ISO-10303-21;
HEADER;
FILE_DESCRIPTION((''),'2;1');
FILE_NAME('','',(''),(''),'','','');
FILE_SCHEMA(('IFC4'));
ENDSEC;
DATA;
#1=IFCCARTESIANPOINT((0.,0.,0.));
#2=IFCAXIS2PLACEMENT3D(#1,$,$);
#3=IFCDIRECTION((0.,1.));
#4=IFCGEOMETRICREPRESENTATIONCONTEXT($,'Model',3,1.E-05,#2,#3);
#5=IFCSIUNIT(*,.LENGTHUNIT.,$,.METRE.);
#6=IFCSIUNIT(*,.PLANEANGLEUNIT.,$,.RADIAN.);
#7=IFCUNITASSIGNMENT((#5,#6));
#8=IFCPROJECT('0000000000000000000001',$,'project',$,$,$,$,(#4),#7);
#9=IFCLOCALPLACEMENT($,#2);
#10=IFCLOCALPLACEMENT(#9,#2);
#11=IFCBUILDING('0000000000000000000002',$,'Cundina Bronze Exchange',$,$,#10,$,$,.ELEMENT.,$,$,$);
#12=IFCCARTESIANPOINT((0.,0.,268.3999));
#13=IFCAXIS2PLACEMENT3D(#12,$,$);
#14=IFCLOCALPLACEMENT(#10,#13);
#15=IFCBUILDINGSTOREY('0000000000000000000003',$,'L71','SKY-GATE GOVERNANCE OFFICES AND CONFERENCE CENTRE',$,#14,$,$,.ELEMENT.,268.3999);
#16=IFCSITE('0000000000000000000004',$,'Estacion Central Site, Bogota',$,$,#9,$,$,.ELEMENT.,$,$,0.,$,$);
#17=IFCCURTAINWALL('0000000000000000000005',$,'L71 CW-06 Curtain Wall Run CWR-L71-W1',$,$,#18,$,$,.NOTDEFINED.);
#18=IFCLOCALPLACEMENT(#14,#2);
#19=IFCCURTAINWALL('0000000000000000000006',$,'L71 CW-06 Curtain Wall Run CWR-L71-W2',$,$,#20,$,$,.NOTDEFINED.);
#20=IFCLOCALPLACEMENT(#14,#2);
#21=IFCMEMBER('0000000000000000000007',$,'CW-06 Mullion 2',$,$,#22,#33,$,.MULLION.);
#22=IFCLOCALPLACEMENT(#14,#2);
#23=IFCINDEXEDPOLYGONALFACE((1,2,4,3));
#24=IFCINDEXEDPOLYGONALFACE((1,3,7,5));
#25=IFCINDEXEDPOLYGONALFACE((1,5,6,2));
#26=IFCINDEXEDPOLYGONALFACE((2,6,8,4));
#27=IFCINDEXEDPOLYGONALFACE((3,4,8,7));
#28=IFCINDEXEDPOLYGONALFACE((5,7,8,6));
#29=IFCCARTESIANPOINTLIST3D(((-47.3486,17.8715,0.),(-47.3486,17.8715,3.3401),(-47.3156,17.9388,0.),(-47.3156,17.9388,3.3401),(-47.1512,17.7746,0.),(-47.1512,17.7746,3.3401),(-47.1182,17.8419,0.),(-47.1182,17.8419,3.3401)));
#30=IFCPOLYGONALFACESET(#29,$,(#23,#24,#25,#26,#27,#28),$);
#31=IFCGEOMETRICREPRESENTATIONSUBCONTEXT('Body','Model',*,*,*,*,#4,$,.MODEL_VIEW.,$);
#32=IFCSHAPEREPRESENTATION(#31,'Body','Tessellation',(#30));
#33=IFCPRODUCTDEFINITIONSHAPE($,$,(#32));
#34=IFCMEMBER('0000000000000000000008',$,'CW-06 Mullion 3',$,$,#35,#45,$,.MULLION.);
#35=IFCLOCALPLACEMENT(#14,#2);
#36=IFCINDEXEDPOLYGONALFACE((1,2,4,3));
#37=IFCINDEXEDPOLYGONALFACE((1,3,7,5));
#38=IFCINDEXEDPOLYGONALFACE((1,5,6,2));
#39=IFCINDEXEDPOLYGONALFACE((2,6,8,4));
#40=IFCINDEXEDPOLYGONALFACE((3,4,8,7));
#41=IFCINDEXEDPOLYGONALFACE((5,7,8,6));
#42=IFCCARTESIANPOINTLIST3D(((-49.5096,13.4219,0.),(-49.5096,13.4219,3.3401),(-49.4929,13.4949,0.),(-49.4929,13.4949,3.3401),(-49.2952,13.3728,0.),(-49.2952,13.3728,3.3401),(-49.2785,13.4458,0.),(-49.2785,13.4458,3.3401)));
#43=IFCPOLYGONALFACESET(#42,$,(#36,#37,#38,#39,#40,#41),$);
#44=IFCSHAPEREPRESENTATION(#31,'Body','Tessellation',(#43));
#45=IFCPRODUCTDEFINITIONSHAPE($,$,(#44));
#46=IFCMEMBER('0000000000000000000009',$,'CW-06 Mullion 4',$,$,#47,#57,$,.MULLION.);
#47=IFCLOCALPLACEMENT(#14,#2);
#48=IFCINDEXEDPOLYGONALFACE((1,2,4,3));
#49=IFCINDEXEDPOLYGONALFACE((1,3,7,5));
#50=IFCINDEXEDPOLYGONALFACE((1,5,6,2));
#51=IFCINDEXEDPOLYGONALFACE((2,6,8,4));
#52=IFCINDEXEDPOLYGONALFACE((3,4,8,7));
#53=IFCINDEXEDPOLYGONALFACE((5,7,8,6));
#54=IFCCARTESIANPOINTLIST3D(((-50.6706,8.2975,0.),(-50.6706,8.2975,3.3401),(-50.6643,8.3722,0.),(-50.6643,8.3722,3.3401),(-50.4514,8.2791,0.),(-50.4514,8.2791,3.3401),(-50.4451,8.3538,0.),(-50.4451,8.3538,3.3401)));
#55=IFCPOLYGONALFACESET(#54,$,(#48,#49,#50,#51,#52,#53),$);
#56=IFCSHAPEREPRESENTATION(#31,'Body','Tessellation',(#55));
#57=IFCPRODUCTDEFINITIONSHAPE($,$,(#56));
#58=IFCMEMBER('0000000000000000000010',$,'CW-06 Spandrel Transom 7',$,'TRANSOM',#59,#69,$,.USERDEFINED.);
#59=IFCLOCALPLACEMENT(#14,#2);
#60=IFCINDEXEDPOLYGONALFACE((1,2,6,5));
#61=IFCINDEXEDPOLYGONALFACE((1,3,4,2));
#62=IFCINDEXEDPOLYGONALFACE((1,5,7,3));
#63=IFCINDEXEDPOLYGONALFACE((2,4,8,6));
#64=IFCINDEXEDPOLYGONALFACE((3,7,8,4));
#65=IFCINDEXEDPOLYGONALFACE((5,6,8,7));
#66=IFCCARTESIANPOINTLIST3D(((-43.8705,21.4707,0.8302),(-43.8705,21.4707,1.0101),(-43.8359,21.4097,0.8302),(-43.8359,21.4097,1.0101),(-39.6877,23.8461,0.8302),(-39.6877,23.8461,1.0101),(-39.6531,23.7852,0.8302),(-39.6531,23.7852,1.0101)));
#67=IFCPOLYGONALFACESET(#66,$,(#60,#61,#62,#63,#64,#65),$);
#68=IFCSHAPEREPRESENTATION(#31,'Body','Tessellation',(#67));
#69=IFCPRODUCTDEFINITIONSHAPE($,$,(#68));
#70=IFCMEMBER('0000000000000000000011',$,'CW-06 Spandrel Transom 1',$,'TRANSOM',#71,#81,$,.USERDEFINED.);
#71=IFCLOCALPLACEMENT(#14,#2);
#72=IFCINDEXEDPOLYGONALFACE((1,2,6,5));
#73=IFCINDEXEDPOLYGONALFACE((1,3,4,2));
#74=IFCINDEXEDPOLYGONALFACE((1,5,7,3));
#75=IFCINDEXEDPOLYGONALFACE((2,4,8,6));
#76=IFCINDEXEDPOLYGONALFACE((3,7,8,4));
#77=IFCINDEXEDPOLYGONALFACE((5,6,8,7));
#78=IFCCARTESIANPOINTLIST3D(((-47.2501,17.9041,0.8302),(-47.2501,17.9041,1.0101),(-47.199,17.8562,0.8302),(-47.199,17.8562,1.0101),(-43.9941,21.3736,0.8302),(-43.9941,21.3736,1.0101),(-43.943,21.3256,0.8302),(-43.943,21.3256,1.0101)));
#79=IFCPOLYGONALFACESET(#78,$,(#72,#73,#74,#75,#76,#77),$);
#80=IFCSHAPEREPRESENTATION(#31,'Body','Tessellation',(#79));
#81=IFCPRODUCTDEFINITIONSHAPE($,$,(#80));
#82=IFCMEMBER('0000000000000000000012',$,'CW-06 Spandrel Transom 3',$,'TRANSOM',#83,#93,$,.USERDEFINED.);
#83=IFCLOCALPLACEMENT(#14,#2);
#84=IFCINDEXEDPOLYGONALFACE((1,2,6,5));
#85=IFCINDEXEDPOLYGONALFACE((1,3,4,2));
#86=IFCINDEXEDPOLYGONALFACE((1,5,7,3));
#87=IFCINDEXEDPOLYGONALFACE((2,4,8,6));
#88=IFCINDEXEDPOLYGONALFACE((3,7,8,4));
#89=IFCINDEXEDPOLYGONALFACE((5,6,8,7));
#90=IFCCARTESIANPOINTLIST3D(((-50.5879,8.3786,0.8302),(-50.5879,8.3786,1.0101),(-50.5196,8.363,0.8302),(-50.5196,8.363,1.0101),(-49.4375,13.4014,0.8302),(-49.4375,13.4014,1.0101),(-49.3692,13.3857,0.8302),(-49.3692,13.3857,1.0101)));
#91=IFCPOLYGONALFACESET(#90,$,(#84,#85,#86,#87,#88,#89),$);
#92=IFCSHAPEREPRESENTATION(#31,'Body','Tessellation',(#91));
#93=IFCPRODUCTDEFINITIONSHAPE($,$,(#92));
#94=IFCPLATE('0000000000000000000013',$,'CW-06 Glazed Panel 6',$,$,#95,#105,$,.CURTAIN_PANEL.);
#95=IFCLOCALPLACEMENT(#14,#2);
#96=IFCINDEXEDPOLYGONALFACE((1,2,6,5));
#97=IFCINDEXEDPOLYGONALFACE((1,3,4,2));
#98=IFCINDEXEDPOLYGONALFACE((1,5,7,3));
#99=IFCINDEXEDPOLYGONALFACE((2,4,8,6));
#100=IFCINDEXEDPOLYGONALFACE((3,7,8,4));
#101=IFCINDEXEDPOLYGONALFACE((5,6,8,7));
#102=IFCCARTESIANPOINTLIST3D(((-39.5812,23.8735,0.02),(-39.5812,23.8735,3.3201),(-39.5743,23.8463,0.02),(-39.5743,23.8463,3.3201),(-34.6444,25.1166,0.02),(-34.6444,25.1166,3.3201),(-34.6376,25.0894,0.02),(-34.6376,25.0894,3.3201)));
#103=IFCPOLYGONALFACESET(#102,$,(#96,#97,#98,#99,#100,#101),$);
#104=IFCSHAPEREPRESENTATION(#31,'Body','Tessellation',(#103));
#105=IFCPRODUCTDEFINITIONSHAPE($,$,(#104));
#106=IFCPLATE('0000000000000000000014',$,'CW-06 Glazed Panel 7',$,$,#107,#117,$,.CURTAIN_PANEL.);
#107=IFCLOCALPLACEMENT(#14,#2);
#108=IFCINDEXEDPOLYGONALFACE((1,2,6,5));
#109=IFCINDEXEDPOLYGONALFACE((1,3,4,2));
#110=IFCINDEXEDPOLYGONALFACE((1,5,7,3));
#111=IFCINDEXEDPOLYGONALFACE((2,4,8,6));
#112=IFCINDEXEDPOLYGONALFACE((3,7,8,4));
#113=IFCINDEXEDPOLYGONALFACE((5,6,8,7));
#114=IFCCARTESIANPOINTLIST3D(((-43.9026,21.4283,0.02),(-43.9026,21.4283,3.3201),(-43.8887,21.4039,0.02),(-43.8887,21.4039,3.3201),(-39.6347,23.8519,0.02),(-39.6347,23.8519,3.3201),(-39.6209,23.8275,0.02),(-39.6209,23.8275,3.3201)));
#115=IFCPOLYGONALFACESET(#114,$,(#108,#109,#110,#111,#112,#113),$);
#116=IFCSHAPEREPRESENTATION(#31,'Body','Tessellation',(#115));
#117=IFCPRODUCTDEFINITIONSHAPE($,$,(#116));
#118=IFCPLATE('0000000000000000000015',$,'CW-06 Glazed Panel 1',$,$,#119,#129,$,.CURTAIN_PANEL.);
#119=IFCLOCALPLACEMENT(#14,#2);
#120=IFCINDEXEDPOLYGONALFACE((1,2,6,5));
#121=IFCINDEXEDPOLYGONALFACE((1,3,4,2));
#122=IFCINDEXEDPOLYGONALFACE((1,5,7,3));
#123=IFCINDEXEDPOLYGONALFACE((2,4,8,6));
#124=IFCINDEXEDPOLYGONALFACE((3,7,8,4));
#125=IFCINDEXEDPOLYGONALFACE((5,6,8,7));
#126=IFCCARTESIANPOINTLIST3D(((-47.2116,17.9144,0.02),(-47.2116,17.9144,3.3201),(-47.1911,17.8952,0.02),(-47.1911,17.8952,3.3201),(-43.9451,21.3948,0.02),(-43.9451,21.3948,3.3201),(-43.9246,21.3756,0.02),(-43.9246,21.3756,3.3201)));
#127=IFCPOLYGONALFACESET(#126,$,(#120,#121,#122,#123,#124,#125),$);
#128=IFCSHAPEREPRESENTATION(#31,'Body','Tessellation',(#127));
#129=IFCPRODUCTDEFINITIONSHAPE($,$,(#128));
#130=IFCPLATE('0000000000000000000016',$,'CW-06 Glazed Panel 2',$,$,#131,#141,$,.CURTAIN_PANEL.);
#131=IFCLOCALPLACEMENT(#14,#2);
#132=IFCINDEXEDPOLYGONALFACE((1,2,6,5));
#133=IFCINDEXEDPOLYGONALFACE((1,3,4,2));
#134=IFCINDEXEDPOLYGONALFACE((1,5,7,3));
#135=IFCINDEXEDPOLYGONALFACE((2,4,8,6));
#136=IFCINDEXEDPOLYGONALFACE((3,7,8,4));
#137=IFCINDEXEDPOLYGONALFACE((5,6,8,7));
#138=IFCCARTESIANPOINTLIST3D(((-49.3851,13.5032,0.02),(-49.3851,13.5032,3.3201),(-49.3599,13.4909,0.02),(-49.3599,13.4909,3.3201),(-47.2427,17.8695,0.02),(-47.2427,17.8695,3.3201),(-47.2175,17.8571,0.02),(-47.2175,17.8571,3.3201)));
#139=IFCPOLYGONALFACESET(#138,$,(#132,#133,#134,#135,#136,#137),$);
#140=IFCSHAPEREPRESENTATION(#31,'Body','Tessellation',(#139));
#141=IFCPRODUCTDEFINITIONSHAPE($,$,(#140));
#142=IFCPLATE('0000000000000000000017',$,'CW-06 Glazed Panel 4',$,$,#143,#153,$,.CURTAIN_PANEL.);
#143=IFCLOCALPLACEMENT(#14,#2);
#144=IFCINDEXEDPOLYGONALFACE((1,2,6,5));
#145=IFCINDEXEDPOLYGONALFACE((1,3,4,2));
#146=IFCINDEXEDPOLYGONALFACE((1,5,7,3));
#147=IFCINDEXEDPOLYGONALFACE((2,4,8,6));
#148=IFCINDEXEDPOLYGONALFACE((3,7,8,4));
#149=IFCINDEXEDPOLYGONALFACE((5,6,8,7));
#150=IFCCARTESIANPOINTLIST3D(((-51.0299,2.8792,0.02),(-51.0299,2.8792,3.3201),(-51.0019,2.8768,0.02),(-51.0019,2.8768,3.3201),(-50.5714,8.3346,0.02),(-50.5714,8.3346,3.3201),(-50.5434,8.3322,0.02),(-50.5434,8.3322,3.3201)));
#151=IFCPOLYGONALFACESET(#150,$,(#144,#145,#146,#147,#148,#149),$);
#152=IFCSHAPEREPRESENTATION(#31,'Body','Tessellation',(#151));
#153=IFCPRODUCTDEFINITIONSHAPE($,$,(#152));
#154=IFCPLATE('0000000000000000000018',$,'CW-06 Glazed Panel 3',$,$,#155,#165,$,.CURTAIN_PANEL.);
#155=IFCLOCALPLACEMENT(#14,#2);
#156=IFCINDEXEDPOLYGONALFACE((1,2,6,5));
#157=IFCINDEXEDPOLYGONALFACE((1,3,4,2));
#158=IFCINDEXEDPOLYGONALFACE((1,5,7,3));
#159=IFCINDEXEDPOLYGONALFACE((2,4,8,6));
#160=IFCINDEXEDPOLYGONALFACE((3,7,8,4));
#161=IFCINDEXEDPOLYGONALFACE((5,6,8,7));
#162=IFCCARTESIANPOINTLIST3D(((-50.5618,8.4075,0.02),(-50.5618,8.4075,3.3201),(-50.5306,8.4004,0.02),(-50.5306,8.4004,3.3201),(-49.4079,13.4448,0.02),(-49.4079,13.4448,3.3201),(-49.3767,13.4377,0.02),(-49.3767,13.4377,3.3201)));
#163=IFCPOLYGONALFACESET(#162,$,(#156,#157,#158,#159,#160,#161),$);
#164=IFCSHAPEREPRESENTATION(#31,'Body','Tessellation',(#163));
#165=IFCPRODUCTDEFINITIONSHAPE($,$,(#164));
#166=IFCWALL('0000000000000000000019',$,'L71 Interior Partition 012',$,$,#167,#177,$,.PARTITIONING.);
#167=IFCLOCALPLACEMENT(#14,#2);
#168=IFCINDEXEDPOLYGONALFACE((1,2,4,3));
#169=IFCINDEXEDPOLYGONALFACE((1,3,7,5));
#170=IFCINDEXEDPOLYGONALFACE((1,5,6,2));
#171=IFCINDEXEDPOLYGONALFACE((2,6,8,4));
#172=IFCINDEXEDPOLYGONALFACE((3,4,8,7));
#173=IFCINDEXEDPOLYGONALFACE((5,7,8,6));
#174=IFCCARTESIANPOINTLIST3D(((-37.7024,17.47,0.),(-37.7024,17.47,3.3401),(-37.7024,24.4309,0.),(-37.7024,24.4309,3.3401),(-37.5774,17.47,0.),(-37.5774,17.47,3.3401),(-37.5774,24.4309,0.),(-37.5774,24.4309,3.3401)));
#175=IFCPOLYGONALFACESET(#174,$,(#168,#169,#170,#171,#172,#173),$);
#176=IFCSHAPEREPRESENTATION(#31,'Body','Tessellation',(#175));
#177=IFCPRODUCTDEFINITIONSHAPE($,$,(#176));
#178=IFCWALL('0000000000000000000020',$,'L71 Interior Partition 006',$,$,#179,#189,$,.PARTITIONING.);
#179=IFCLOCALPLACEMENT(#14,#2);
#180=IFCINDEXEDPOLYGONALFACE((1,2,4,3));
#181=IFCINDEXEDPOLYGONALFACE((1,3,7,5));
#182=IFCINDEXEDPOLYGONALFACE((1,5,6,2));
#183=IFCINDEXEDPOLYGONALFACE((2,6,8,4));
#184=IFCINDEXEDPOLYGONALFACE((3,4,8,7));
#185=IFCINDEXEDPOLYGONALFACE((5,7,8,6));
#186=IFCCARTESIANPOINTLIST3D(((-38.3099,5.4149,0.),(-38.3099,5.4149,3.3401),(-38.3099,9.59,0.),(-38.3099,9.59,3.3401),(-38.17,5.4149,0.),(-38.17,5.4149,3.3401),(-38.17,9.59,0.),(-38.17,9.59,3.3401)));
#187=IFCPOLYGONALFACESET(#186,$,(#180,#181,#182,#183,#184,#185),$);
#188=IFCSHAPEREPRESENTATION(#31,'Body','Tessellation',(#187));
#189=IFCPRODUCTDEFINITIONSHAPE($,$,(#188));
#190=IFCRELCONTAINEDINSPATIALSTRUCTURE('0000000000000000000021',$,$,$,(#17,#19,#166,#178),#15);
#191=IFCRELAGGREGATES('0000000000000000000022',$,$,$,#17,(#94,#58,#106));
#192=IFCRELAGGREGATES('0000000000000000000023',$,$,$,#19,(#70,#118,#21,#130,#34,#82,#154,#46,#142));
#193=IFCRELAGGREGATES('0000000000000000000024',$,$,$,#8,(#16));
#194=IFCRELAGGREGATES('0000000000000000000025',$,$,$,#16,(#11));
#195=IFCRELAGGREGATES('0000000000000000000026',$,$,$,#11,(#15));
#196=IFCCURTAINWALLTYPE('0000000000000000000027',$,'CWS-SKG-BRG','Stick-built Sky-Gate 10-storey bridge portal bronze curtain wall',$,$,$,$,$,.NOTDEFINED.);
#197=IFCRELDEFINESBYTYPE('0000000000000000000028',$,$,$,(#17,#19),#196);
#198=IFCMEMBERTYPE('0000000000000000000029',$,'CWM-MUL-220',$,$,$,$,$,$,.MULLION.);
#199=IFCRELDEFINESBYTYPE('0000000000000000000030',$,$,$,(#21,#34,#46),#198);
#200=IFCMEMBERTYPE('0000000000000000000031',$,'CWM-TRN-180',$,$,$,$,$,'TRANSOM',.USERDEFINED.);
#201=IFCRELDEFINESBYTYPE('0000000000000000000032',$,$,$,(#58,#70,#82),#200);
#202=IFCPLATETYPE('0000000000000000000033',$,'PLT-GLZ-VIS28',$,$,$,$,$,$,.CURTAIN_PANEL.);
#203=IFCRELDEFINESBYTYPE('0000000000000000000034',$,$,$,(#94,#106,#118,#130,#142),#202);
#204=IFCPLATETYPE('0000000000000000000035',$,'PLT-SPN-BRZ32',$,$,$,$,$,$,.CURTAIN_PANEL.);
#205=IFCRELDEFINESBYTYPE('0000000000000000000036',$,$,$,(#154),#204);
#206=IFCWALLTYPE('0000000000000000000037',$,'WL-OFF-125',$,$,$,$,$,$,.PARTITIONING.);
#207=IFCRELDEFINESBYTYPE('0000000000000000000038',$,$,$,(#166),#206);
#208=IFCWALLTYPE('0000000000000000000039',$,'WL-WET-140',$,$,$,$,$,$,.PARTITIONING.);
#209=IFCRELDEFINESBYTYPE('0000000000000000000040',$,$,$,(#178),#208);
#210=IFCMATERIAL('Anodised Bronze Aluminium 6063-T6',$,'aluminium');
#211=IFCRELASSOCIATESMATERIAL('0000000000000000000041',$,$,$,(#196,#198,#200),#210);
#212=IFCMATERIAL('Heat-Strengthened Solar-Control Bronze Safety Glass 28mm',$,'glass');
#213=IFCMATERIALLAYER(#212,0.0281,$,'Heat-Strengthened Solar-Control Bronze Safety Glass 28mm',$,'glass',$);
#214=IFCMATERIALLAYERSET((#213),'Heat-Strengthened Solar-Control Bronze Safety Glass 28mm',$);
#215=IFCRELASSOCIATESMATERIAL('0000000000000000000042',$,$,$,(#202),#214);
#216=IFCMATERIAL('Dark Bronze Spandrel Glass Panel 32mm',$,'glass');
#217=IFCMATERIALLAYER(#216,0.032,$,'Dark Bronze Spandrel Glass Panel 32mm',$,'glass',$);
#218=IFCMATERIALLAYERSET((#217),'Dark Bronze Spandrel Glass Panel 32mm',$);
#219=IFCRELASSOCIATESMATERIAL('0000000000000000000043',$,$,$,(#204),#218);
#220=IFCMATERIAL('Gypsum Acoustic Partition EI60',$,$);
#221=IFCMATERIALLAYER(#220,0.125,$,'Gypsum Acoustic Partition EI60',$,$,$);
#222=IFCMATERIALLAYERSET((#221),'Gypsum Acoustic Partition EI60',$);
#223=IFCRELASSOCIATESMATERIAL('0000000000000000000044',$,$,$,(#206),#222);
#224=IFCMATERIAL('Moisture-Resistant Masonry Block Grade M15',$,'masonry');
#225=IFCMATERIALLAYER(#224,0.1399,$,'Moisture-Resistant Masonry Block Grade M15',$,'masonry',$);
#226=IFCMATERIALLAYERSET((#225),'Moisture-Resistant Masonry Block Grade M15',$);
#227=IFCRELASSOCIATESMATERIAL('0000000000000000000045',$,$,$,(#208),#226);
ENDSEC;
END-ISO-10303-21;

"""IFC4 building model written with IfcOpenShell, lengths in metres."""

from ifc_helpers import new_model, si_unit, direction, frame, frame_2d, origin, origin_2d, place, context, subcontext, project, spatial, rectangle, extrude, material, layer, layer_set, material_profile, profile_set, type_object, element, aggregate, save


model = new_model("IFC4")

# Units and contexts
model_context = context("Model", 3, precision=1e-05, world=origin(), true_north=direction((0.0, 1.0)))
body_context = subcontext(model_context, "Body", "Model", "MODEL_VIEW")
ifc_project = project(units=[si_unit("LENGTHUNIT", "METRE"), si_unit("PLANEANGLEUNIT", "RADIAN")], contexts=[model_context])

# Site, building, storey
site_placement = place(None, origin())
site = spatial("IfcSite", under=ifc_project, at=site_placement, Name="Estacion Central Site, Bogota", CompositionType="ELEMENT", RefElevation=0.0)
building_placement = place(site_placement, origin())
building = spatial("IfcBuilding", under=site, at=building_placement, Name="Cundina Bronze Exchange", CompositionType="ELEMENT")
storey_placement = place(building_placement, frame((0.0, 0.0, 268.3999)))
storey = spatial("IfcBuildingStorey", under=building, at=storey_placement, Name="L71", Description="SKY-GATE GOVERNANCE OFFICES AND CONFERENCE CENTRE", CompositionType="ELEMENT", Elevation=268.3999)

# Curtain walls, members
ifc_material_1 = material(Name="Anodised Bronze Aluminium 6063-T6", Category="aluminium")
curtain_wall_type = type_object("IfcCurtainWallType", Name="CWS-SKG-BRG", Description="Stick-built Sky-Gate 10-storey bridge portal bronze curtain wall", PredefinedType="NOTDEFINED", material=ifc_material_1)
curtain_wall_1_placement = place(storey_placement, origin())
curtain_wall_1 = element("IfcCurtainWall", 1, at=curtain_wall_1_placement, inside=storey, type_object=curtain_wall_type, Name="L71 CW-06 Curtain Wall Run CWR-L71-W1", PredefinedType="NOTDEFINED")
ifc_material_profile_1 = material_profile(ifc_material_1, rectangle(XDim=0.075, YDim=0.22, at=origin_2d()), Name="AL75X220", Category="aluminium")
ifc_profile_set_1 = profile_set([ifc_material_profile_1], Name="Anodised Bronze Aluminium 6063-T6")
member_type_1 = type_object("IfcMemberType", Name="CWM-MUL-220", PredefinedType="MULLION", material=ifc_profile_set_1)
curtain_wall_2_placement = place(storey_placement, origin())
curtain_wall_2 = element("IfcCurtainWall", 2, at=curtain_wall_2_placement, inside=storey, type_object=curtain_wall_type, Name="L71 CW-06 Curtain Wall Run CWR-L71-W2", PredefinedType="NOTDEFINED")
member_1_placement = place(storey_placement, frame((-47.2334, 17.8567, 0.0), z_axis=(0.0, 0.0, 1.0), x_axis=(-0.440566, -0.89772, 0.0)))
member_1 = element("IfcMember", 3, at=member_1_placement, type_object=member_type_1, Name="CW-06 Mullion 2", PredefinedType="MULLION", context=body_context, shape_type="SweptSolid", body=[
    extrude(rectangle(XDim=0.075, YDim=0.22, at=origin_2d()), origin(), (0.0, 0.0, 1.0), 3.3401),
])
member_2_placement = place(storey_placement, frame((-49.394, 13.4338, 0.0), z_axis=(0.0, 0.0, 1.0), x_axis=(-0.22325, -0.974761, 0.0)))
member_2 = element("IfcMember", 4, at=member_2_placement, type_object=member_type_1, Name="CW-06 Mullion 3", PredefinedType="MULLION", context=body_context, shape_type="SweptSolid", body=[
    extrude(rectangle(XDim=0.075, YDim=0.22, at=origin_2d()), origin(), (0.0, 0.0, 1.0), 3.3401),
])
member_3_placement = place(storey_placement, frame((-50.5579, 8.3257, 0.0), z_axis=(0.0, 0.0, 1.0), x_axis=(-0.083678, -0.996493, 0.0)))
member_3 = element("IfcMember", 5, at=member_3_placement, type_object=member_type_1, Name="CW-06 Mullion 4", PredefinedType="MULLION", context=body_context, shape_type="SweptSolid", body=[
    extrude(rectangle(XDim=0.075, YDim=0.22, at=origin_2d()), origin(), (0.0, 0.0, 1.0), 3.3401),
])

# Members
ifc_material_profile_2 = material_profile(ifc_material_1, rectangle(XDim=0.0701, YDim=0.1799, at=origin_2d()), Name="AL70X180", Category="aluminium")
ifc_profile_set_2 = profile_set([ifc_material_profile_2], Name="Anodised Bronze Aluminium 6063-T6")
member_type_2 = type_object("IfcMemberType", Name="CWM-TRN-180", ElementType="TRANSOM", PredefinedType="USERDEFINED", material=ifc_profile_set_2)
member_4_placement = place(storey_placement, frame((-39.6704, 23.8157, 0.9202), z_axis=(-0.869558, -0.493831, 0.0), x_axis=(0.493831, -0.869558, 0.0)))
member_4 = element("IfcMember", 6, at=member_4_placement, type_object=member_type_2, Name="CW-06 Spandrel Transom 7", ObjectType="TRANSOM", PredefinedType="USERDEFINED", context=body_context, shape_type="SweptSolid", body=[
    extrude(rectangle(XDim=0.0701, YDim=0.1799, at=origin_2d()), origin(), (0.0, 0.0, 1.0), 4.8103),
])
member_5_placement = place(storey_placement, frame((-43.9685, 21.3496, 0.9202), z_axis=(-0.684328, -0.729174, 0.0), x_axis=(0.729174, -0.684328, 0.0)))
member_5 = element("IfcMember", 7, at=member_5_placement, type_object=member_type_2, Name="CW-06 Spandrel Transom 1", ObjectType="TRANSOM", PredefinedType="USERDEFINED", context=body_context, shape_type="SweptSolid", body=[
    extrude(rectangle(XDim=0.0701, YDim=0.1799, at=origin_2d()), origin(), (0.0, 0.0, 1.0), 4.7581),
])
member_6_placement = place(storey_placement, frame((-49.4033, 13.3936, 0.9202), z_axis=(-0.223257, -0.97476, 0.0), x_axis=(0.97476, -0.223257, 0.0)))
member_6 = element("IfcMember", 8, at=member_6_placement, type_object=member_type_2, Name="CW-06 Spandrel Transom 3", ObjectType="TRANSOM", PredefinedType="USERDEFINED", context=body_context, shape_type="SweptSolid", body=[
    extrude(rectangle(XDim=0.0701, YDim=0.1799, at=origin_2d()), origin(), (0.0, 0.0, 1.0), 5.1528),
])

# Plates
ifc_material_2 = material(Name="Heat-Strengthened Solar-Control Bronze Safety Glass 28mm", Category="glass")
ifc_layer_1 = layer(ifc_material_2, 0.0281, Name="Heat-Strengthened Solar-Control Bronze Safety Glass 28mm", Category="glass")
ifc_layer_set_1 = layer_set([ifc_layer_1], Name="Heat-Strengthened Solar-Control Bronze Safety Glass 28mm")
plate_type_1 = type_object("IfcPlateType", Name="PLT-GLZ-VIS28", PredefinedType="CURTAIN_PANEL", material=ifc_layer_set_1)
plate_1_placement = place(storey_placement, frame((-37.1094, 24.4814, 0.02), z_axis=(0.0, 0.0, 1.0), x_axis=(-0.969732, -0.244174, 0.0)))
plate_1 = element("IfcPlate", 9, at=plate_1_placement, type_object=plate_type_1, Name="CW-06 Glazed Panel 6", PredefinedType="CURTAIN_PANEL", context=body_context, shape_type="SweptSolid", body=[
    extrude(rectangle(XDim=5.0908, YDim=0.0281, at=origin_2d()), origin(), (0.0, 0.0, 1.0), 3.3),
])
plate_2_placement = place(storey_placement, frame((-41.7617, 22.6279, 0.02), z_axis=(0.0, 0.0, 1.0), x_axis=(-0.869573, -0.493805, 0.0)))
plate_2 = element("IfcPlate", 10, at=plate_2_placement, type_object=plate_type_1, Name="CW-06 Glazed Panel 7", PredefinedType="CURTAIN_PANEL", context=body_context, shape_type="SweptSolid", body=[
    extrude(rectangle(XDim=4.908, YDim=0.0281, at=origin_2d()), origin(), (0.0, 0.0, 1.0), 3.3),
])
aggregate(curtain_wall_1, [plate_1, member_4, plate_2])
plate_3_placement = place(storey_placement, frame((-45.5681, 19.645, 0.02), z_axis=(0.0, 0.0, 1.0), x_axis=(-0.684344, -0.72916, 0.0)))
plate_3 = element("IfcPlate", 11, at=plate_3_placement, type_object=plate_type_1, Name="CW-06 Glazed Panel 1", PredefinedType="CURTAIN_PANEL", context=body_context, shape_type="SweptSolid", body=[
    extrude(rectangle(XDim=4.7732, YDim=0.0281, at=origin_2d()), origin(), (0.0, 0.0, 1.0), 3.3),
])
plate_4_placement = place(storey_placement, frame((-48.3013, 15.6802, 0.02), z_axis=(0.0, 0.0, 1.0), x_axis=(-0.440503, -0.897751, 0.0)))
plate_4 = element("IfcPlate", 12, at=plate_4_placement, type_object=plate_type_1, Name="CW-06 Glazed Panel 2", PredefinedType="CURTAIN_PANEL", context=body_context, shape_type="SweptSolid", body=[
    extrude(rectangle(XDim=4.8635, YDim=0.0281, at=origin_2d()), origin(), (0.0, 0.0, 1.0), 3.3),
])
plate_5_placement = place(storey_placement, frame((-50.7866, 5.6057, 0.02), z_axis=(0.0, 0.0, 1.0), x_axis=(-0.083747, -0.996487, 0.0)))
plate_5 = element("IfcPlate", 13, at=plate_5_placement, type_object=plate_type_1, Name="CW-06 Glazed Panel 4", PredefinedType="CURTAIN_PANEL", context=body_context, shape_type="SweptSolid", body=[
    extrude(rectangle(XDim=5.4746, YDim=0.0281, at=origin_2d()), origin(), (0.0, 0.0, 1.0), 3.3),
])
ifc_material_3 = material(Name="Dark Bronze Spandrel Glass Panel 32mm", Category="glass")
ifc_layer_2 = layer(ifc_material_3, 0.032, Name="Dark Bronze Spandrel Glass Panel 32mm", Category="glass")
ifc_layer_set_2 = layer_set([ifc_layer_2], Name="Dark Bronze Spandrel Glass Panel 32mm")
plate_type_2 = type_object("IfcPlateType", Name="PLT-SPN-BRZ32", PredefinedType="CURTAIN_PANEL", material=ifc_layer_set_2)
plate_6_placement = place(storey_placement, frame((-49.9692, 10.9226, 0.02), z_axis=(0.0, 0.0, 1.0), x_axis=(-0.223284, -0.974753, 0.0)))
plate_6 = element("IfcPlate", 14, at=plate_6_placement, type_object=plate_type_2, Name="CW-06 Glazed Panel 3", PredefinedType="CURTAIN_PANEL", context=body_context, shape_type="SweptSolid", body=[
    extrude(rectangle(XDim=5.1677, YDim=0.032, at=origin_2d()), origin(), (0.0, 0.0, 1.0), 3.3),
])
aggregate(curtain_wall_2, [member_5, plate_3, member_1, plate_4, member_2, member_6, plate_6, member_3, plate_5])

# Walls
ifc_material_4 = material(Name="Gypsum Acoustic Partition EI60")
ifc_layer_3 = layer(ifc_material_4, 0.125, Name="Gypsum Acoustic Partition EI60")
ifc_layer_set_3 = layer_set([ifc_layer_3], Name="Gypsum Acoustic Partition EI60")
wall_type_1 = type_object("IfcWallType", Name="WL-OFF-125", PredefinedType="PARTITIONING", material=ifc_layer_set_3)
wall_1_placement = place(storey_placement, frame((-37.6399, 17.47, 0.0), z_axis=(0.0, 0.0, 1.0), x_axis=(0.0, 1.0, 0.0)))
element("IfcWall", 15, at=wall_1_placement, inside=storey, type_object=wall_type_1, Name="L71 Interior Partition 012", PredefinedType="PARTITIONING", context=body_context, shape_type="SweptSolid", body=[
    extrude(rectangle(XDim=6.9609, YDim=0.125, at=frame_2d((3.4805, 0.0))), origin(), (0.0, 0.0, 1.0), 3.3401),
])
ifc_material_5 = material(Name="Moisture-Resistant Masonry Block Grade M15", Category="masonry")
ifc_layer_4 = layer(ifc_material_5, 0.1399, Name="Moisture-Resistant Masonry Block Grade M15", Category="masonry")
ifc_layer_set_4 = layer_set([ifc_layer_4], Name="Moisture-Resistant Masonry Block Grade M15")
wall_type_2 = type_object("IfcWallType", Name="WL-WET-140", PredefinedType="PARTITIONING", material=ifc_layer_set_4)
wall_2_placement = place(storey_placement, frame((-38.24, 5.415, 0.0), z_axis=(0.0, 0.0, 1.0), x_axis=(0.0, 1.0, 0.0)))
element("IfcWall", 16, at=wall_2_placement, inside=storey, type_object=wall_type_2, Name="L71 Interior Partition 006", PredefinedType="PARTITIONING", context=body_context, shape_type="SweptSolid", body=[
    extrude(rectangle(XDim=4.175, YDim=0.1399, at=frame_2d((2.0874, 0.0))), origin(), (0.0, 0.0, 1.0), 3.3401),
])

save(model, "model.ifc")
